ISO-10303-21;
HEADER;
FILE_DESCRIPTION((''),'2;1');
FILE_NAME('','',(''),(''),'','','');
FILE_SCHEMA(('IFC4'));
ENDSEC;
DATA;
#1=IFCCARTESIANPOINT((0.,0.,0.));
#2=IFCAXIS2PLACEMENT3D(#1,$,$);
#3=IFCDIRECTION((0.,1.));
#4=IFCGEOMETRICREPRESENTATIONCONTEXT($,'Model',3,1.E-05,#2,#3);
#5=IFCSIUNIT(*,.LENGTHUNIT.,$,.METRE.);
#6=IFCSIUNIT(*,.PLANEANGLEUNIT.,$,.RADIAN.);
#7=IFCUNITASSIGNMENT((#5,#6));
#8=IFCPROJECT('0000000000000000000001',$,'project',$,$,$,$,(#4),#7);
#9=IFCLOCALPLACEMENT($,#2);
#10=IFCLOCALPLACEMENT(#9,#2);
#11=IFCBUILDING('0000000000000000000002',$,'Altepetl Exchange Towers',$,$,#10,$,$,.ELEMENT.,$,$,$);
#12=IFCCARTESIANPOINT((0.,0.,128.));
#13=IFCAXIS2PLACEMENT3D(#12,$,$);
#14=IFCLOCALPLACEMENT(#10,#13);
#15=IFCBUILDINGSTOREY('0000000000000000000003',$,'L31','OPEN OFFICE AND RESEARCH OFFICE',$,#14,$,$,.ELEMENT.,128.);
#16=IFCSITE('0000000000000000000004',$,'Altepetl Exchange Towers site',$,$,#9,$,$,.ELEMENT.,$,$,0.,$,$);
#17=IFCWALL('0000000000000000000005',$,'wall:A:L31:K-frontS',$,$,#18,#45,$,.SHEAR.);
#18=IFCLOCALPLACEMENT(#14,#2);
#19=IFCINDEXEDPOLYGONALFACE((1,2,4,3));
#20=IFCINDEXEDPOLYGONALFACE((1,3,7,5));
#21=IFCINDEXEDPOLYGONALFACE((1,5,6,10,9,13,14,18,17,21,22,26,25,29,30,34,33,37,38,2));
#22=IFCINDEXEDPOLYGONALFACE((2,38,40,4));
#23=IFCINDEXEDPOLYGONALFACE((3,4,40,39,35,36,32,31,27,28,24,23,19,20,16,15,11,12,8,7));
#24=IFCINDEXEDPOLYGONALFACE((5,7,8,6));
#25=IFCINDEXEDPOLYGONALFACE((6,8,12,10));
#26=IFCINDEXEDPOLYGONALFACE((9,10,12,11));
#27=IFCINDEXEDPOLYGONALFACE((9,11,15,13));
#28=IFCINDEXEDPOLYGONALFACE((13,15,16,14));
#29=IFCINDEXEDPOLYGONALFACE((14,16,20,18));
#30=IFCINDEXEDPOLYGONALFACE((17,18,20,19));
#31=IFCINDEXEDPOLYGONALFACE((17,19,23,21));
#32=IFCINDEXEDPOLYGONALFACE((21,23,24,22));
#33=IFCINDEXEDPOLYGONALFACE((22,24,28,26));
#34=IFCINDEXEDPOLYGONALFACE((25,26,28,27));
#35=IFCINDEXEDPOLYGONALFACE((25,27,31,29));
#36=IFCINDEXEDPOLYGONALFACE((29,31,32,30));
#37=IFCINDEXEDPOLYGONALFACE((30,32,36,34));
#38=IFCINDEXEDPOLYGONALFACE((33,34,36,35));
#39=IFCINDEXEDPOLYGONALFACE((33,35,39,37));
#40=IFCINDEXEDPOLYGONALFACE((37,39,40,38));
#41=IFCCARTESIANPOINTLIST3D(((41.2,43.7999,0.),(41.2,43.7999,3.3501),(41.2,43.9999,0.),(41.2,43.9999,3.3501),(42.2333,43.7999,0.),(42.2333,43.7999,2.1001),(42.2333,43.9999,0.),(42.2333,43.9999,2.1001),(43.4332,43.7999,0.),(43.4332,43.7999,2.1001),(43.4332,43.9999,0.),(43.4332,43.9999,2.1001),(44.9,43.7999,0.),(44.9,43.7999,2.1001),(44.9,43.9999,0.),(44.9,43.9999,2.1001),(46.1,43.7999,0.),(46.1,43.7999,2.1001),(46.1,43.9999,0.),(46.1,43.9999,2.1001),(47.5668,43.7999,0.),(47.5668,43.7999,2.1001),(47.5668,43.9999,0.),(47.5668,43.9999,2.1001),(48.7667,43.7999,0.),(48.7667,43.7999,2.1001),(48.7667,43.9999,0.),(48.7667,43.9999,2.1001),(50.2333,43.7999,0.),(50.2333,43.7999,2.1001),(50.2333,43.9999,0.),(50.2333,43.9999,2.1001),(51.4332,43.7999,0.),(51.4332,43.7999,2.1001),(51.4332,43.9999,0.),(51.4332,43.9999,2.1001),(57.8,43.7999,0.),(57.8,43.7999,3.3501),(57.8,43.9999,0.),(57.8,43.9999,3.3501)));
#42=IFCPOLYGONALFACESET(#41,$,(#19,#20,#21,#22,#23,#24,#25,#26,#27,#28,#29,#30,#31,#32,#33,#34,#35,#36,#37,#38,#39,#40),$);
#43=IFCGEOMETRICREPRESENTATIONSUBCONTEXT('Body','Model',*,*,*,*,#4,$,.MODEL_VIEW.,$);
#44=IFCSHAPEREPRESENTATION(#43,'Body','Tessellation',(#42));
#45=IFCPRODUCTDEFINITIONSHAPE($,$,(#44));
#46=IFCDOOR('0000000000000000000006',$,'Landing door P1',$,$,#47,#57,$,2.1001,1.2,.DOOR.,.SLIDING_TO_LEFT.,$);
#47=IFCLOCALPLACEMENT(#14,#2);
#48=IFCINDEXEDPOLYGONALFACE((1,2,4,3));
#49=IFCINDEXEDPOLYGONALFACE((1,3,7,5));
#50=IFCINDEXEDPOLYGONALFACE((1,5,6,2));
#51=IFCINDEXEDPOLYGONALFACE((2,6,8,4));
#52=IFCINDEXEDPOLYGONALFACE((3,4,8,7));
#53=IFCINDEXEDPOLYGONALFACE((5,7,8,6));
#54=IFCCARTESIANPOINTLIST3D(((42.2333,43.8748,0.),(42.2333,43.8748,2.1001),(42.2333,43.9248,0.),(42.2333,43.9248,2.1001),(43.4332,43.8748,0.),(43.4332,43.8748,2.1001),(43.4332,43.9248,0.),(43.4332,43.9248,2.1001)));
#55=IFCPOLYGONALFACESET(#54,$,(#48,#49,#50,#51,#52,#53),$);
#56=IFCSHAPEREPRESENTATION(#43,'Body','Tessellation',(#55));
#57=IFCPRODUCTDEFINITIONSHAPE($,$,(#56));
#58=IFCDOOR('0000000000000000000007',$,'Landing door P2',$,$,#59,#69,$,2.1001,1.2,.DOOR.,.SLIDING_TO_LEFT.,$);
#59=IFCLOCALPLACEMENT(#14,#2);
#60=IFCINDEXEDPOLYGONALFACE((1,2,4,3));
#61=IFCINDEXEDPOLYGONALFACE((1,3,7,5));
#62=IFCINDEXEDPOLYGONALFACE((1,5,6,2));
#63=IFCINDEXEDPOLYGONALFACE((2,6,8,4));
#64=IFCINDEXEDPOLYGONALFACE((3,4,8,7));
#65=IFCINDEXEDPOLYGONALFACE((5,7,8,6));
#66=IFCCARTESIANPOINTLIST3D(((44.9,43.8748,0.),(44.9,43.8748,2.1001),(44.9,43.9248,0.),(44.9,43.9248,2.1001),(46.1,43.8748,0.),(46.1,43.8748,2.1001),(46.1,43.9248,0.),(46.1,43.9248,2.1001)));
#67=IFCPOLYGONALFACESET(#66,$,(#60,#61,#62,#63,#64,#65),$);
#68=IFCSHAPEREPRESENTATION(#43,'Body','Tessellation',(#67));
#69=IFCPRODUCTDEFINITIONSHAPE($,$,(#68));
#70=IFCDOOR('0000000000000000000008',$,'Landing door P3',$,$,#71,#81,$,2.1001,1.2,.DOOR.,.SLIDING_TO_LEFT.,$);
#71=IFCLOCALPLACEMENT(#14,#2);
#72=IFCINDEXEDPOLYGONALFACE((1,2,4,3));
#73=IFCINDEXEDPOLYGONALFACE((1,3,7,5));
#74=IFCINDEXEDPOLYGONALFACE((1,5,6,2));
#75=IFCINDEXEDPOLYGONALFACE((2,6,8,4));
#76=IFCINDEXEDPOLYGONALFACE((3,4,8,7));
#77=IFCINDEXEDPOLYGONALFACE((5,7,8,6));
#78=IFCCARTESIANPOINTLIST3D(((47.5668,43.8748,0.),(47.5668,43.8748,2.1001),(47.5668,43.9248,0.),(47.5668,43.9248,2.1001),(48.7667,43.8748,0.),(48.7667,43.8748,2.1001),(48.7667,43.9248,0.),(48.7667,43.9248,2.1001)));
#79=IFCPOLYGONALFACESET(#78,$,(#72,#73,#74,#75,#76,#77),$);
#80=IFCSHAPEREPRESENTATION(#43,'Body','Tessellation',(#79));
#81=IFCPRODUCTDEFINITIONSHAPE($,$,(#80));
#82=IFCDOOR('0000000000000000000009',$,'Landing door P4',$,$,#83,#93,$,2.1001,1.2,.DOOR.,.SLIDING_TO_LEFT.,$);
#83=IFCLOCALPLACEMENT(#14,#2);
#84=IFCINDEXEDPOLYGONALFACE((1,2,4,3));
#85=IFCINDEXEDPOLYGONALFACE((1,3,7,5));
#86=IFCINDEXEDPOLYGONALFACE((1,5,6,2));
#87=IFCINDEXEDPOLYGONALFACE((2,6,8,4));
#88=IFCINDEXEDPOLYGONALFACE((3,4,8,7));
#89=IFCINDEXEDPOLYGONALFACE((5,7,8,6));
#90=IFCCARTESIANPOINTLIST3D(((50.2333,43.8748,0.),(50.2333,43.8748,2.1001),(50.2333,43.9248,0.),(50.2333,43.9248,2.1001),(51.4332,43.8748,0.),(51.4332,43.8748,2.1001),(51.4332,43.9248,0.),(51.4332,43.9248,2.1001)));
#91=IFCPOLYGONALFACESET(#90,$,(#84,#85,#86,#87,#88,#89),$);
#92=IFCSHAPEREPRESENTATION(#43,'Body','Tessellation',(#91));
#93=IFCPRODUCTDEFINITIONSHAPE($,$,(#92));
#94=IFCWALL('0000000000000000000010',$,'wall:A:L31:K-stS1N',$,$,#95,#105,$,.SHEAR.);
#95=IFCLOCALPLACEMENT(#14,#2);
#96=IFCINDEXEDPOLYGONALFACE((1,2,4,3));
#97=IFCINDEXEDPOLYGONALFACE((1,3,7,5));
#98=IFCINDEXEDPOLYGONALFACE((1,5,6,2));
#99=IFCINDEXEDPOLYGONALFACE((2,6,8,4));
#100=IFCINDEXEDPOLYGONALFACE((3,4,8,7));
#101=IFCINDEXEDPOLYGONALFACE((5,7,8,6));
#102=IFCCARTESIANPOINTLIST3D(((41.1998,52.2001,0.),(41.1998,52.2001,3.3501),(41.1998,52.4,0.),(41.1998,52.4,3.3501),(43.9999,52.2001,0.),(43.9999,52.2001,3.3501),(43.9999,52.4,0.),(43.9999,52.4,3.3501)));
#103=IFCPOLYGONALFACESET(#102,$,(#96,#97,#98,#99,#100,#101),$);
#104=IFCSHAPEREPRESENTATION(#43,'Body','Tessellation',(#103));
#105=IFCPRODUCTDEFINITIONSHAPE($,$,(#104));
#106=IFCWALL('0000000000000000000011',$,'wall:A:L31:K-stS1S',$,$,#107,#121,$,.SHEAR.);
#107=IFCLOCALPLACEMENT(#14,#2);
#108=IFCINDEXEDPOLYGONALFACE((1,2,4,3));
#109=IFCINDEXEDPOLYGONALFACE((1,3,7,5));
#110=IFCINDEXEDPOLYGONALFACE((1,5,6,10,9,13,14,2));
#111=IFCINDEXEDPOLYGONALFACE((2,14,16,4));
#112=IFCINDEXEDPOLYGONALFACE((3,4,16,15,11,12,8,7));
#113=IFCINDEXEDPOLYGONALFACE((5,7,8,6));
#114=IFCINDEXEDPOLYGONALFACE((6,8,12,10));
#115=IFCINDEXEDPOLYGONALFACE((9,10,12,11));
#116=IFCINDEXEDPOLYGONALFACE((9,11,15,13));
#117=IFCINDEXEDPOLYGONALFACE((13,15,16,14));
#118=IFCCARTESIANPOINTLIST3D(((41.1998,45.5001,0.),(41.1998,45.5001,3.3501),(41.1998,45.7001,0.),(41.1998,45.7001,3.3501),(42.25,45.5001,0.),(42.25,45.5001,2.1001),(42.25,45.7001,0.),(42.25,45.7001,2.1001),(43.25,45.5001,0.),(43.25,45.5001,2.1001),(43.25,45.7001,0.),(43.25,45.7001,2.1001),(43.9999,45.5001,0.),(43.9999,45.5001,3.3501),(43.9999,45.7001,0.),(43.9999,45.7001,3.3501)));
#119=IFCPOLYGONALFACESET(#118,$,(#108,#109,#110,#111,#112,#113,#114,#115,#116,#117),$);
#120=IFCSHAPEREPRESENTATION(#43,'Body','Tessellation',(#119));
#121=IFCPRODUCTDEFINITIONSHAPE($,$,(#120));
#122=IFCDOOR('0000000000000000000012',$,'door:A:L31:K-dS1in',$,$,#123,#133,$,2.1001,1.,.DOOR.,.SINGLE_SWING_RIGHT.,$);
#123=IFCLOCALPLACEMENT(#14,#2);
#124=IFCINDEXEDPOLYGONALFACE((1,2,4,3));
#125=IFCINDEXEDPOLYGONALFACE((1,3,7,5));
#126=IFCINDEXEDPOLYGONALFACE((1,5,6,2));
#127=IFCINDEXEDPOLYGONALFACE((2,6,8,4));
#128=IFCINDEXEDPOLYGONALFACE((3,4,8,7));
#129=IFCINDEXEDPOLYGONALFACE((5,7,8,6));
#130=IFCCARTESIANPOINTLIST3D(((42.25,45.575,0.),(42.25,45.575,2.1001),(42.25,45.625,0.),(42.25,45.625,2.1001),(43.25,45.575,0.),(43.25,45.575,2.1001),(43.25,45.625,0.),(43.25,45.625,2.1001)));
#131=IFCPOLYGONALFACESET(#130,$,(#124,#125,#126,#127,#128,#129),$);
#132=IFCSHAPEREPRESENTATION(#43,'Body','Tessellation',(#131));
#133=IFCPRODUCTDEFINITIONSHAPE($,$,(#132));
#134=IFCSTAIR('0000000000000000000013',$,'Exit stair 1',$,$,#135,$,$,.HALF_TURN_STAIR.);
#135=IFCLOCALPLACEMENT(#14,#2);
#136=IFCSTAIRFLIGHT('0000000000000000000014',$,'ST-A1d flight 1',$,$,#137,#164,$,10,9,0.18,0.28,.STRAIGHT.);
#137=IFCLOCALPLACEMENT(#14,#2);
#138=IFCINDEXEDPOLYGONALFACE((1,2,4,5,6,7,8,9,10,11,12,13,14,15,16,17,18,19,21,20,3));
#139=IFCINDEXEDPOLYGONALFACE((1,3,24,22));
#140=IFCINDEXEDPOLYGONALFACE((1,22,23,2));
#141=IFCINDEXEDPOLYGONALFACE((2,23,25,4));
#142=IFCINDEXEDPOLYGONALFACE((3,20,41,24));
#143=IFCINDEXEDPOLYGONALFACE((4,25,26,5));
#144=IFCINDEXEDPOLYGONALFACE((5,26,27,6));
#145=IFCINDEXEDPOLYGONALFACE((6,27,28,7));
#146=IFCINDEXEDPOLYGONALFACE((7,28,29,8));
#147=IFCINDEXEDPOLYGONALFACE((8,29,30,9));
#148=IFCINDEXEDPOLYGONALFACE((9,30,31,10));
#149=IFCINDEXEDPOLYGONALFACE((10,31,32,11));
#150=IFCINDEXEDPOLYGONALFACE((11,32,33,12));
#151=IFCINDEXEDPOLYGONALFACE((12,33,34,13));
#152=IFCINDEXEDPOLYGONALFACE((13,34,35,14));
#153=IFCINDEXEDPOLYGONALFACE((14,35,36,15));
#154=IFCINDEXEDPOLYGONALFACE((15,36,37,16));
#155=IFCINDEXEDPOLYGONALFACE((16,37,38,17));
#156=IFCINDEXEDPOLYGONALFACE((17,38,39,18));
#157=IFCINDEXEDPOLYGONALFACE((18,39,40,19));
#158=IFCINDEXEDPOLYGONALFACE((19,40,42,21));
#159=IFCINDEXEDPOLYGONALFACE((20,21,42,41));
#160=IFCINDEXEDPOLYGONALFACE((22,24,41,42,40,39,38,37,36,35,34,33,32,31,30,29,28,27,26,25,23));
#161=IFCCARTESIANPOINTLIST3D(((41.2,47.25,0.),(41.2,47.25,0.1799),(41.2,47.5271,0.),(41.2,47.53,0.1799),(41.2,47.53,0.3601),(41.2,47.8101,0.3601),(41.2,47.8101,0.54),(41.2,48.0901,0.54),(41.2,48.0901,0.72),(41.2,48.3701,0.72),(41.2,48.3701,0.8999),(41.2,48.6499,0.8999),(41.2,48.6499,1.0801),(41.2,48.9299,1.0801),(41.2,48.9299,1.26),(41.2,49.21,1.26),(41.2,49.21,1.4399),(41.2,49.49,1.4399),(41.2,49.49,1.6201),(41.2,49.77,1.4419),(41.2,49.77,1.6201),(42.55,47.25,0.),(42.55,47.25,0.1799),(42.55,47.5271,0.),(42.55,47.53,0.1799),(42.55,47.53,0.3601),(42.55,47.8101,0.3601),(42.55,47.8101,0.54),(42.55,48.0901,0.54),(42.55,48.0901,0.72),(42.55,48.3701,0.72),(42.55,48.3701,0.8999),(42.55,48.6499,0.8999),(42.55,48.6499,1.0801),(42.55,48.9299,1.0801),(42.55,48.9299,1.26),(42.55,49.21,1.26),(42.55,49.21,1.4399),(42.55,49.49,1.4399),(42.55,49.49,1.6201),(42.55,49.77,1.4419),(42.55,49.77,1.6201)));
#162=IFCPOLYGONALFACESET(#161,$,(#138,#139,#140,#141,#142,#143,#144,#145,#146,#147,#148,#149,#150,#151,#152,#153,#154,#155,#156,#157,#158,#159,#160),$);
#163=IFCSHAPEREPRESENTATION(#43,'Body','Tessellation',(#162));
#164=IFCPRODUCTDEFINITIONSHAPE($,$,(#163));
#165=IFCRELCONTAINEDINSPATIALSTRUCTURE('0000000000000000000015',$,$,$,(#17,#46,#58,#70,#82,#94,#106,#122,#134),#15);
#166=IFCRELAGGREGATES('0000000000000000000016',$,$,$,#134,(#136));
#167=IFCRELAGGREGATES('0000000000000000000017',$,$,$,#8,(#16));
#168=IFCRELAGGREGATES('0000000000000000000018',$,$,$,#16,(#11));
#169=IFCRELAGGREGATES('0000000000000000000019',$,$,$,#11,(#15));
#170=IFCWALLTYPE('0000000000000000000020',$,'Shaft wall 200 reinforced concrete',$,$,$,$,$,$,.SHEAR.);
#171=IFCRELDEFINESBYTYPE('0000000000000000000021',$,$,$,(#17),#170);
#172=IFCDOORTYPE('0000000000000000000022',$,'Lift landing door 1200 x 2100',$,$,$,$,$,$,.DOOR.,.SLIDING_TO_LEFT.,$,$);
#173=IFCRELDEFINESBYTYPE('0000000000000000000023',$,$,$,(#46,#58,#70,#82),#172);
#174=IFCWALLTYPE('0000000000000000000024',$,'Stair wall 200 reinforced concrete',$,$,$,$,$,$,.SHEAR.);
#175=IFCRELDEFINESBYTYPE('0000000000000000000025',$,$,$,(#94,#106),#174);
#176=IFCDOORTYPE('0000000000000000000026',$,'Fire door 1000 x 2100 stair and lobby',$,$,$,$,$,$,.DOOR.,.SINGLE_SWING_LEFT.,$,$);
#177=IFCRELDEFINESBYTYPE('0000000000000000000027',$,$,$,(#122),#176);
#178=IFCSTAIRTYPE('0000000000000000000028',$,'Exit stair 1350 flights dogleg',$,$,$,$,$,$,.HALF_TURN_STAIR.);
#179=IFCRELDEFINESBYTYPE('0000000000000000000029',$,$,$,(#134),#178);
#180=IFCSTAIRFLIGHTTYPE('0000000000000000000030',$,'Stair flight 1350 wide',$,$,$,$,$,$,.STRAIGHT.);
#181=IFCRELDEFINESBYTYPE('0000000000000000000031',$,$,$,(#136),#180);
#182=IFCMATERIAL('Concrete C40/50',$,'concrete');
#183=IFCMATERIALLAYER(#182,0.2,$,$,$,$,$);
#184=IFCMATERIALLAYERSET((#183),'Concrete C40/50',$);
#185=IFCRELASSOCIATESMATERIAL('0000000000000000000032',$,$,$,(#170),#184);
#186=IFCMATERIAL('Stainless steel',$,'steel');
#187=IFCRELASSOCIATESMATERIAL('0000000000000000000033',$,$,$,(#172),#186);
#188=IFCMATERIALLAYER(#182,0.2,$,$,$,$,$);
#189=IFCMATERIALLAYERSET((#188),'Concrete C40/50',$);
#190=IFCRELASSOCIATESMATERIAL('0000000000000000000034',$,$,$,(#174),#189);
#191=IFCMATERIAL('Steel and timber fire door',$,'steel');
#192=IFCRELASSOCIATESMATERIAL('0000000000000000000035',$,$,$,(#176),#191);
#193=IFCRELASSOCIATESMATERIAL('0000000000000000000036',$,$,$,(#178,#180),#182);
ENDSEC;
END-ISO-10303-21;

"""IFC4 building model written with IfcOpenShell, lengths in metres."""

from ifc_helpers import new_model, si_unit, direction, frame, frame_2d, origin, place, context, subcontext, project, spatial, polyline, rectangle, outline, extrude, material, layer, layer_set, type_object, element, fill, aggregate, save


model = new_model("IFC4")

# Units and contexts
model_context = context("Model", 3, precision=1e-05, world=origin(), true_north=direction((0.0, 1.0)))
body_context = subcontext(model_context, "Body", "Model", "MODEL_VIEW")
ifc_project = project(units=[si_unit("LENGTHUNIT", "METRE"), si_unit("PLANEANGLEUNIT", "RADIAN")], contexts=[model_context])

# Site, building, storey
site_placement = place(None, origin())
site = spatial("IfcSite", under=ifc_project, at=site_placement, Name="Altepetl Exchange Towers site", CompositionType="ELEMENT", RefElevation=0.0)
building_placement = place(site_placement, origin())
building = spatial("IfcBuilding", under=site, at=building_placement, Name="Altepetl Exchange Towers", CompositionType="ELEMENT")
storey_placement = place(building_placement, frame((0.0, 0.0, 128.0)))
storey = spatial("IfcBuildingStorey", under=building, at=storey_placement, Name="L31", Description="OPEN OFFICE AND RESEARCH OFFICE", CompositionType="ELEMENT", Elevation=128.0)

# Wall, openings, doors
ifc_material_1 = material(Name="Concrete C40/50", Category="concrete")
ifc_layer_1 = layer(ifc_material_1, 0.2)
ifc_layer_set_1 = layer_set([ifc_layer_1], Name="Concrete C40/50")
wall_type_1 = type_object("IfcWallType", Name="Shaft wall 200 reinforced concrete", PredefinedType="SHEAR", material=ifc_layer_set_1)
wall_1_placement = place(storey_placement, frame((41.2, 43.8999, 0.0)))
wall_1 = element("IfcWall", 1, at=wall_1_placement, inside=storey, type_object=wall_type_1, Name="wall:A:L31:K-frontS", PredefinedType="SHEAR", context=body_context, shape_type="SweptSolid", body=[
    extrude(rectangle(XDim=16.6001, YDim=0.2, at=frame_2d((8.3, 0.0))), origin(), (0.0, 0.0, 1.0), 3.3501),
])
opening_1_placement = place(wall_1_placement, frame((1.0332, 0.0, 0.0)))
opening_1 = element("IfcOpeningElement", 2, at=opening_1_placement, cuts=wall_1, PredefinedType="OPENING", context=body_context, shape_type="SweptSolid", body=[
    extrude(rectangle(XDim=1.2, YDim=2.1001, at=frame_2d((0.6001, 1.05))), frame((0.0, 0.1099, 0.0), z_axis=(0.0, -1.0, 0.0), x_axis=(1.0, 0.0, 0.0)), (0.0, 0.0, 1.0), 0.22),
])
opening_2_placement = place(wall_1_placement, frame((3.7, 0.0, 0.0)))
opening_2 = element("IfcOpeningElement", 3, at=opening_2_placement, cuts=wall_1, PredefinedType="OPENING", context=body_context, shape_type="SweptSolid", body=[
    extrude(rectangle(XDim=1.2, YDim=2.1001, at=frame_2d((0.6001, 1.05))), frame((0.0, 0.1099, 0.0), z_axis=(0.0, -1.0, 0.0), x_axis=(1.0, 0.0, 0.0)), (0.0, 0.0, 1.0), 0.22),
])
opening_3_placement = place(wall_1_placement, frame((6.3667, 0.0, 0.0)))
opening_3 = element("IfcOpeningElement", 4, at=opening_3_placement, cuts=wall_1, PredefinedType="OPENING", context=body_context, shape_type="SweptSolid", body=[
    extrude(rectangle(XDim=1.2, YDim=2.1001, at=frame_2d((0.6001, 1.05))), frame((0.0, 0.1099, 0.0), z_axis=(0.0, -1.0, 0.0), x_axis=(1.0, 0.0, 0.0)), (0.0, 0.0, 1.0), 0.22),
])
opening_4_placement = place(wall_1_placement, frame((9.0332, 0.0, 0.0)))
opening_4 = element("IfcOpeningElement", 5, at=opening_4_placement, cuts=wall_1, PredefinedType="OPENING", context=body_context, shape_type="SweptSolid", body=[
    extrude(rectangle(XDim=1.2, YDim=2.1001, at=frame_2d((0.6001, 1.05))), frame((0.0, 0.1099, 0.0), z_axis=(0.0, -1.0, 0.0), x_axis=(1.0, 0.0, 0.0)), (0.0, 0.0, 1.0), 0.22),
])
ifc_material_2 = material(Name="Stainless steel", Category="steel")
door_type_1 = type_object("IfcDoorType", Name="Lift landing door 1200 x 2100", OperationType="SLIDING_TO_LEFT", PredefinedType="DOOR", material=ifc_material_2)
door_1_placement = place(opening_1_placement, origin())
door_1 = element("IfcDoor", 6, at=door_1_placement, inside=storey, type_object=door_type_1, Name="Landing door P1", OperationType="SLIDING_TO_LEFT", OverallHeight=2.1001, OverallWidth=1.2, PredefinedType="DOOR", context=body_context, shape_type="SweptSolid", body=[
    extrude(rectangle(XDim=1.2, YDim=2.1001, at=frame_2d((0.6001, 1.05))), frame((0.0, 0.0249, 0.0), z_axis=(0.0, -1.0, 0.0), x_axis=(1.0, 0.0, 0.0)), (0.0, 0.0, 1.0), 0.05),
])
fill(opening_1, door_1)
door_2_placement = place(opening_2_placement, origin())
door_2 = element("IfcDoor", 7, at=door_2_placement, inside=storey, type_object=door_type_1, Name="Landing door P2", OperationType="SLIDING_TO_LEFT", OverallHeight=2.1001, OverallWidth=1.2, PredefinedType="DOOR", context=body_context, shape_type="SweptSolid", body=[
    extrude(rectangle(XDim=1.2, YDim=2.1001, at=frame_2d((0.6001, 1.05))), frame((0.0, 0.0249, 0.0), z_axis=(0.0, -1.0, 0.0), x_axis=(1.0, 0.0, 0.0)), (0.0, 0.0, 1.0), 0.05),
])
fill(opening_2, door_2)
door_3_placement = place(opening_3_placement, origin())
door_3 = element("IfcDoor", 8, at=door_3_placement, inside=storey, type_object=door_type_1, Name="Landing door P3", OperationType="SLIDING_TO_LEFT", OverallHeight=2.1001, OverallWidth=1.2, PredefinedType="DOOR", context=body_context, shape_type="SweptSolid", body=[
    extrude(rectangle(XDim=1.2, YDim=2.1001, at=frame_2d((0.6001, 1.05))), frame((0.0, 0.0249, 0.0), z_axis=(0.0, -1.0, 0.0), x_axis=(1.0, 0.0, 0.0)), (0.0, 0.0, 1.0), 0.05),
])
fill(opening_3, door_3)
door_4_placement = place(opening_4_placement, origin())
door_4 = element("IfcDoor", 9, at=door_4_placement, inside=storey, type_object=door_type_1, Name="Landing door P4", OperationType="SLIDING_TO_LEFT", OverallHeight=2.1001, OverallWidth=1.2, PredefinedType="DOOR", context=body_context, shape_type="SweptSolid", body=[
    extrude(rectangle(XDim=1.2, YDim=2.1001, at=frame_2d((0.6001, 1.05))), frame((0.0, 0.0249, 0.0), z_axis=(0.0, -1.0, 0.0), x_axis=(1.0, 0.0, 0.0)), (0.0, 0.0, 1.0), 0.05),
])
fill(opening_4, door_4)

# Wall
ifc_layer_2 = layer(ifc_material_1, 0.2)
ifc_layer_set_2 = layer_set([ifc_layer_2], Name="Concrete C40/50")
wall_type_2 = type_object("IfcWallType", Name="Stair wall 200 reinforced concrete", PredefinedType="SHEAR", material=ifc_layer_set_2)
wall_2_placement = place(storey_placement, frame((41.2, 52.3, 0.0)))
element("IfcWall", 10, at=wall_2_placement, inside=storey, type_object=wall_type_2, Name="wall:A:L31:K-stS1N", PredefinedType="SHEAR", context=body_context, shape_type="SweptSolid", body=[
    extrude(rectangle(XDim=2.8, YDim=0.2, at=frame_2d((1.3999, 0.0))), origin(), (0.0, 0.0, 1.0), 3.3501),
])

# Wall, opening, door
wall_3_placement = place(storey_placement, frame((41.2, 45.6001, 0.0)))
wall_3 = element("IfcWall", 11, at=wall_3_placement, inside=storey, type_object=wall_type_2, Name="wall:A:L31:K-stS1S", PredefinedType="SHEAR", context=body_context, shape_type="SweptSolid", body=[
    extrude(rectangle(XDim=2.8, YDim=0.2, at=frame_2d((1.3999, 0.0))), origin(), (0.0, 0.0, 1.0), 3.3501),
])
opening_5_placement = place(wall_3_placement, frame((1.05, 0.0, 0.0)))
opening_5 = element("IfcOpeningElement", 12, at=opening_5_placement, cuts=wall_3, PredefinedType="OPENING", context=body_context, shape_type="SweptSolid", body=[
    extrude(rectangle(XDim=1.0, YDim=2.1001, at=frame_2d((0.5, 1.05))), frame((0.0, 0.1099, 0.0), z_axis=(0.0, -1.0, 0.0), x_axis=(1.0, 0.0, 0.0)), (0.0, 0.0, 1.0), 0.22),
])
ifc_material_3 = material(Name="Steel and timber fire door", Category="steel")
door_type_2 = type_object("IfcDoorType", Name="Fire door 1000 x 2100 stair and lobby", OperationType="SINGLE_SWING_LEFT", PredefinedType="DOOR", material=ifc_material_3)
door_5_placement = place(opening_5_placement, origin())
door_5 = element("IfcDoor", 13, at=door_5_placement, inside=storey, type_object=door_type_2, Name="door:A:L31:K-dS1in", OperationType="SINGLE_SWING_RIGHT", OverallHeight=2.1001, OverallWidth=1.0, PredefinedType="DOOR", context=body_context, shape_type="SweptSolid", body=[
    extrude(rectangle(XDim=1.0, YDim=2.1001, at=frame_2d((0.5, 1.05))), frame((0.0, 0.0249, 0.0), z_axis=(0.0, -1.0, 0.0), x_axis=(1.0, 0.0, 0.0)), (0.0, 0.0, 1.0), 0.05),
])
fill(opening_5, door_5)

# Stair, stair flight
stair_type = type_object("IfcStairType", Name="Exit stair 1350 flights dogleg", PredefinedType="HALF_TURN_STAIR", material=ifc_material_1)
stair_placement = place(storey_placement, origin())
stair = element("IfcStair", 14, at=stair_placement, inside=storey, type_object=stair_type, Name="Exit stair 1", PredefinedType="HALF_TURN_STAIR")
stair_flight_type = type_object("IfcStairFlightType", Name="Stair flight 1350 wide", PredefinedType="STRAIGHT", material=ifc_material_1)
stair_flight_placement = place(storey_placement, frame((41.875, 47.25, 0.0), z_axis=(0.0, 0.0, 1.0), x_axis=(0.0, 1.0, 0.0)))
stair_flight = element("IfcStairFlight", 15, at=stair_flight_placement, type_object=stair_flight_type, Name="ST-A1d flight 1", NumberOfRisers=10, NumberOfTreads=9, PredefinedType="STRAIGHT", RiserHeight=0.18, TreadLength=0.28, context=body_context, shape_type="SweptSolid", body=[
    extrude(outline(polyline([(0.0, 0.0), (0.0, 0.1799), (0.28, 0.1799), (0.28, 0.3601), (0.5601, 0.3601), (0.5601, 0.54), (0.8401, 0.54), (0.8401, 0.72), (1.1201, 0.72), (1.1201, 0.8999), (1.3999, 0.8999), (1.3999, 1.0801), (1.6799, 1.0801), (1.6799, 1.26), (1.96, 1.26), (1.96, 1.4399), (2.24, 1.4399), (2.24, 1.6201), (2.52, 1.6201), (2.52, 1.8), (2.52, 1.4419), (0.2771, 0.0), (0.0, 0.0)])), frame((0.0, 0.675, 0.0), z_axis=(0.0, -1.0, 0.0), x_axis=(1.0, 0.0, 0.0)), (0.0, 0.0, 1.0), 1.3501),
])
aggregate(stair, [stair_flight])

save(model, "model.ifc")
